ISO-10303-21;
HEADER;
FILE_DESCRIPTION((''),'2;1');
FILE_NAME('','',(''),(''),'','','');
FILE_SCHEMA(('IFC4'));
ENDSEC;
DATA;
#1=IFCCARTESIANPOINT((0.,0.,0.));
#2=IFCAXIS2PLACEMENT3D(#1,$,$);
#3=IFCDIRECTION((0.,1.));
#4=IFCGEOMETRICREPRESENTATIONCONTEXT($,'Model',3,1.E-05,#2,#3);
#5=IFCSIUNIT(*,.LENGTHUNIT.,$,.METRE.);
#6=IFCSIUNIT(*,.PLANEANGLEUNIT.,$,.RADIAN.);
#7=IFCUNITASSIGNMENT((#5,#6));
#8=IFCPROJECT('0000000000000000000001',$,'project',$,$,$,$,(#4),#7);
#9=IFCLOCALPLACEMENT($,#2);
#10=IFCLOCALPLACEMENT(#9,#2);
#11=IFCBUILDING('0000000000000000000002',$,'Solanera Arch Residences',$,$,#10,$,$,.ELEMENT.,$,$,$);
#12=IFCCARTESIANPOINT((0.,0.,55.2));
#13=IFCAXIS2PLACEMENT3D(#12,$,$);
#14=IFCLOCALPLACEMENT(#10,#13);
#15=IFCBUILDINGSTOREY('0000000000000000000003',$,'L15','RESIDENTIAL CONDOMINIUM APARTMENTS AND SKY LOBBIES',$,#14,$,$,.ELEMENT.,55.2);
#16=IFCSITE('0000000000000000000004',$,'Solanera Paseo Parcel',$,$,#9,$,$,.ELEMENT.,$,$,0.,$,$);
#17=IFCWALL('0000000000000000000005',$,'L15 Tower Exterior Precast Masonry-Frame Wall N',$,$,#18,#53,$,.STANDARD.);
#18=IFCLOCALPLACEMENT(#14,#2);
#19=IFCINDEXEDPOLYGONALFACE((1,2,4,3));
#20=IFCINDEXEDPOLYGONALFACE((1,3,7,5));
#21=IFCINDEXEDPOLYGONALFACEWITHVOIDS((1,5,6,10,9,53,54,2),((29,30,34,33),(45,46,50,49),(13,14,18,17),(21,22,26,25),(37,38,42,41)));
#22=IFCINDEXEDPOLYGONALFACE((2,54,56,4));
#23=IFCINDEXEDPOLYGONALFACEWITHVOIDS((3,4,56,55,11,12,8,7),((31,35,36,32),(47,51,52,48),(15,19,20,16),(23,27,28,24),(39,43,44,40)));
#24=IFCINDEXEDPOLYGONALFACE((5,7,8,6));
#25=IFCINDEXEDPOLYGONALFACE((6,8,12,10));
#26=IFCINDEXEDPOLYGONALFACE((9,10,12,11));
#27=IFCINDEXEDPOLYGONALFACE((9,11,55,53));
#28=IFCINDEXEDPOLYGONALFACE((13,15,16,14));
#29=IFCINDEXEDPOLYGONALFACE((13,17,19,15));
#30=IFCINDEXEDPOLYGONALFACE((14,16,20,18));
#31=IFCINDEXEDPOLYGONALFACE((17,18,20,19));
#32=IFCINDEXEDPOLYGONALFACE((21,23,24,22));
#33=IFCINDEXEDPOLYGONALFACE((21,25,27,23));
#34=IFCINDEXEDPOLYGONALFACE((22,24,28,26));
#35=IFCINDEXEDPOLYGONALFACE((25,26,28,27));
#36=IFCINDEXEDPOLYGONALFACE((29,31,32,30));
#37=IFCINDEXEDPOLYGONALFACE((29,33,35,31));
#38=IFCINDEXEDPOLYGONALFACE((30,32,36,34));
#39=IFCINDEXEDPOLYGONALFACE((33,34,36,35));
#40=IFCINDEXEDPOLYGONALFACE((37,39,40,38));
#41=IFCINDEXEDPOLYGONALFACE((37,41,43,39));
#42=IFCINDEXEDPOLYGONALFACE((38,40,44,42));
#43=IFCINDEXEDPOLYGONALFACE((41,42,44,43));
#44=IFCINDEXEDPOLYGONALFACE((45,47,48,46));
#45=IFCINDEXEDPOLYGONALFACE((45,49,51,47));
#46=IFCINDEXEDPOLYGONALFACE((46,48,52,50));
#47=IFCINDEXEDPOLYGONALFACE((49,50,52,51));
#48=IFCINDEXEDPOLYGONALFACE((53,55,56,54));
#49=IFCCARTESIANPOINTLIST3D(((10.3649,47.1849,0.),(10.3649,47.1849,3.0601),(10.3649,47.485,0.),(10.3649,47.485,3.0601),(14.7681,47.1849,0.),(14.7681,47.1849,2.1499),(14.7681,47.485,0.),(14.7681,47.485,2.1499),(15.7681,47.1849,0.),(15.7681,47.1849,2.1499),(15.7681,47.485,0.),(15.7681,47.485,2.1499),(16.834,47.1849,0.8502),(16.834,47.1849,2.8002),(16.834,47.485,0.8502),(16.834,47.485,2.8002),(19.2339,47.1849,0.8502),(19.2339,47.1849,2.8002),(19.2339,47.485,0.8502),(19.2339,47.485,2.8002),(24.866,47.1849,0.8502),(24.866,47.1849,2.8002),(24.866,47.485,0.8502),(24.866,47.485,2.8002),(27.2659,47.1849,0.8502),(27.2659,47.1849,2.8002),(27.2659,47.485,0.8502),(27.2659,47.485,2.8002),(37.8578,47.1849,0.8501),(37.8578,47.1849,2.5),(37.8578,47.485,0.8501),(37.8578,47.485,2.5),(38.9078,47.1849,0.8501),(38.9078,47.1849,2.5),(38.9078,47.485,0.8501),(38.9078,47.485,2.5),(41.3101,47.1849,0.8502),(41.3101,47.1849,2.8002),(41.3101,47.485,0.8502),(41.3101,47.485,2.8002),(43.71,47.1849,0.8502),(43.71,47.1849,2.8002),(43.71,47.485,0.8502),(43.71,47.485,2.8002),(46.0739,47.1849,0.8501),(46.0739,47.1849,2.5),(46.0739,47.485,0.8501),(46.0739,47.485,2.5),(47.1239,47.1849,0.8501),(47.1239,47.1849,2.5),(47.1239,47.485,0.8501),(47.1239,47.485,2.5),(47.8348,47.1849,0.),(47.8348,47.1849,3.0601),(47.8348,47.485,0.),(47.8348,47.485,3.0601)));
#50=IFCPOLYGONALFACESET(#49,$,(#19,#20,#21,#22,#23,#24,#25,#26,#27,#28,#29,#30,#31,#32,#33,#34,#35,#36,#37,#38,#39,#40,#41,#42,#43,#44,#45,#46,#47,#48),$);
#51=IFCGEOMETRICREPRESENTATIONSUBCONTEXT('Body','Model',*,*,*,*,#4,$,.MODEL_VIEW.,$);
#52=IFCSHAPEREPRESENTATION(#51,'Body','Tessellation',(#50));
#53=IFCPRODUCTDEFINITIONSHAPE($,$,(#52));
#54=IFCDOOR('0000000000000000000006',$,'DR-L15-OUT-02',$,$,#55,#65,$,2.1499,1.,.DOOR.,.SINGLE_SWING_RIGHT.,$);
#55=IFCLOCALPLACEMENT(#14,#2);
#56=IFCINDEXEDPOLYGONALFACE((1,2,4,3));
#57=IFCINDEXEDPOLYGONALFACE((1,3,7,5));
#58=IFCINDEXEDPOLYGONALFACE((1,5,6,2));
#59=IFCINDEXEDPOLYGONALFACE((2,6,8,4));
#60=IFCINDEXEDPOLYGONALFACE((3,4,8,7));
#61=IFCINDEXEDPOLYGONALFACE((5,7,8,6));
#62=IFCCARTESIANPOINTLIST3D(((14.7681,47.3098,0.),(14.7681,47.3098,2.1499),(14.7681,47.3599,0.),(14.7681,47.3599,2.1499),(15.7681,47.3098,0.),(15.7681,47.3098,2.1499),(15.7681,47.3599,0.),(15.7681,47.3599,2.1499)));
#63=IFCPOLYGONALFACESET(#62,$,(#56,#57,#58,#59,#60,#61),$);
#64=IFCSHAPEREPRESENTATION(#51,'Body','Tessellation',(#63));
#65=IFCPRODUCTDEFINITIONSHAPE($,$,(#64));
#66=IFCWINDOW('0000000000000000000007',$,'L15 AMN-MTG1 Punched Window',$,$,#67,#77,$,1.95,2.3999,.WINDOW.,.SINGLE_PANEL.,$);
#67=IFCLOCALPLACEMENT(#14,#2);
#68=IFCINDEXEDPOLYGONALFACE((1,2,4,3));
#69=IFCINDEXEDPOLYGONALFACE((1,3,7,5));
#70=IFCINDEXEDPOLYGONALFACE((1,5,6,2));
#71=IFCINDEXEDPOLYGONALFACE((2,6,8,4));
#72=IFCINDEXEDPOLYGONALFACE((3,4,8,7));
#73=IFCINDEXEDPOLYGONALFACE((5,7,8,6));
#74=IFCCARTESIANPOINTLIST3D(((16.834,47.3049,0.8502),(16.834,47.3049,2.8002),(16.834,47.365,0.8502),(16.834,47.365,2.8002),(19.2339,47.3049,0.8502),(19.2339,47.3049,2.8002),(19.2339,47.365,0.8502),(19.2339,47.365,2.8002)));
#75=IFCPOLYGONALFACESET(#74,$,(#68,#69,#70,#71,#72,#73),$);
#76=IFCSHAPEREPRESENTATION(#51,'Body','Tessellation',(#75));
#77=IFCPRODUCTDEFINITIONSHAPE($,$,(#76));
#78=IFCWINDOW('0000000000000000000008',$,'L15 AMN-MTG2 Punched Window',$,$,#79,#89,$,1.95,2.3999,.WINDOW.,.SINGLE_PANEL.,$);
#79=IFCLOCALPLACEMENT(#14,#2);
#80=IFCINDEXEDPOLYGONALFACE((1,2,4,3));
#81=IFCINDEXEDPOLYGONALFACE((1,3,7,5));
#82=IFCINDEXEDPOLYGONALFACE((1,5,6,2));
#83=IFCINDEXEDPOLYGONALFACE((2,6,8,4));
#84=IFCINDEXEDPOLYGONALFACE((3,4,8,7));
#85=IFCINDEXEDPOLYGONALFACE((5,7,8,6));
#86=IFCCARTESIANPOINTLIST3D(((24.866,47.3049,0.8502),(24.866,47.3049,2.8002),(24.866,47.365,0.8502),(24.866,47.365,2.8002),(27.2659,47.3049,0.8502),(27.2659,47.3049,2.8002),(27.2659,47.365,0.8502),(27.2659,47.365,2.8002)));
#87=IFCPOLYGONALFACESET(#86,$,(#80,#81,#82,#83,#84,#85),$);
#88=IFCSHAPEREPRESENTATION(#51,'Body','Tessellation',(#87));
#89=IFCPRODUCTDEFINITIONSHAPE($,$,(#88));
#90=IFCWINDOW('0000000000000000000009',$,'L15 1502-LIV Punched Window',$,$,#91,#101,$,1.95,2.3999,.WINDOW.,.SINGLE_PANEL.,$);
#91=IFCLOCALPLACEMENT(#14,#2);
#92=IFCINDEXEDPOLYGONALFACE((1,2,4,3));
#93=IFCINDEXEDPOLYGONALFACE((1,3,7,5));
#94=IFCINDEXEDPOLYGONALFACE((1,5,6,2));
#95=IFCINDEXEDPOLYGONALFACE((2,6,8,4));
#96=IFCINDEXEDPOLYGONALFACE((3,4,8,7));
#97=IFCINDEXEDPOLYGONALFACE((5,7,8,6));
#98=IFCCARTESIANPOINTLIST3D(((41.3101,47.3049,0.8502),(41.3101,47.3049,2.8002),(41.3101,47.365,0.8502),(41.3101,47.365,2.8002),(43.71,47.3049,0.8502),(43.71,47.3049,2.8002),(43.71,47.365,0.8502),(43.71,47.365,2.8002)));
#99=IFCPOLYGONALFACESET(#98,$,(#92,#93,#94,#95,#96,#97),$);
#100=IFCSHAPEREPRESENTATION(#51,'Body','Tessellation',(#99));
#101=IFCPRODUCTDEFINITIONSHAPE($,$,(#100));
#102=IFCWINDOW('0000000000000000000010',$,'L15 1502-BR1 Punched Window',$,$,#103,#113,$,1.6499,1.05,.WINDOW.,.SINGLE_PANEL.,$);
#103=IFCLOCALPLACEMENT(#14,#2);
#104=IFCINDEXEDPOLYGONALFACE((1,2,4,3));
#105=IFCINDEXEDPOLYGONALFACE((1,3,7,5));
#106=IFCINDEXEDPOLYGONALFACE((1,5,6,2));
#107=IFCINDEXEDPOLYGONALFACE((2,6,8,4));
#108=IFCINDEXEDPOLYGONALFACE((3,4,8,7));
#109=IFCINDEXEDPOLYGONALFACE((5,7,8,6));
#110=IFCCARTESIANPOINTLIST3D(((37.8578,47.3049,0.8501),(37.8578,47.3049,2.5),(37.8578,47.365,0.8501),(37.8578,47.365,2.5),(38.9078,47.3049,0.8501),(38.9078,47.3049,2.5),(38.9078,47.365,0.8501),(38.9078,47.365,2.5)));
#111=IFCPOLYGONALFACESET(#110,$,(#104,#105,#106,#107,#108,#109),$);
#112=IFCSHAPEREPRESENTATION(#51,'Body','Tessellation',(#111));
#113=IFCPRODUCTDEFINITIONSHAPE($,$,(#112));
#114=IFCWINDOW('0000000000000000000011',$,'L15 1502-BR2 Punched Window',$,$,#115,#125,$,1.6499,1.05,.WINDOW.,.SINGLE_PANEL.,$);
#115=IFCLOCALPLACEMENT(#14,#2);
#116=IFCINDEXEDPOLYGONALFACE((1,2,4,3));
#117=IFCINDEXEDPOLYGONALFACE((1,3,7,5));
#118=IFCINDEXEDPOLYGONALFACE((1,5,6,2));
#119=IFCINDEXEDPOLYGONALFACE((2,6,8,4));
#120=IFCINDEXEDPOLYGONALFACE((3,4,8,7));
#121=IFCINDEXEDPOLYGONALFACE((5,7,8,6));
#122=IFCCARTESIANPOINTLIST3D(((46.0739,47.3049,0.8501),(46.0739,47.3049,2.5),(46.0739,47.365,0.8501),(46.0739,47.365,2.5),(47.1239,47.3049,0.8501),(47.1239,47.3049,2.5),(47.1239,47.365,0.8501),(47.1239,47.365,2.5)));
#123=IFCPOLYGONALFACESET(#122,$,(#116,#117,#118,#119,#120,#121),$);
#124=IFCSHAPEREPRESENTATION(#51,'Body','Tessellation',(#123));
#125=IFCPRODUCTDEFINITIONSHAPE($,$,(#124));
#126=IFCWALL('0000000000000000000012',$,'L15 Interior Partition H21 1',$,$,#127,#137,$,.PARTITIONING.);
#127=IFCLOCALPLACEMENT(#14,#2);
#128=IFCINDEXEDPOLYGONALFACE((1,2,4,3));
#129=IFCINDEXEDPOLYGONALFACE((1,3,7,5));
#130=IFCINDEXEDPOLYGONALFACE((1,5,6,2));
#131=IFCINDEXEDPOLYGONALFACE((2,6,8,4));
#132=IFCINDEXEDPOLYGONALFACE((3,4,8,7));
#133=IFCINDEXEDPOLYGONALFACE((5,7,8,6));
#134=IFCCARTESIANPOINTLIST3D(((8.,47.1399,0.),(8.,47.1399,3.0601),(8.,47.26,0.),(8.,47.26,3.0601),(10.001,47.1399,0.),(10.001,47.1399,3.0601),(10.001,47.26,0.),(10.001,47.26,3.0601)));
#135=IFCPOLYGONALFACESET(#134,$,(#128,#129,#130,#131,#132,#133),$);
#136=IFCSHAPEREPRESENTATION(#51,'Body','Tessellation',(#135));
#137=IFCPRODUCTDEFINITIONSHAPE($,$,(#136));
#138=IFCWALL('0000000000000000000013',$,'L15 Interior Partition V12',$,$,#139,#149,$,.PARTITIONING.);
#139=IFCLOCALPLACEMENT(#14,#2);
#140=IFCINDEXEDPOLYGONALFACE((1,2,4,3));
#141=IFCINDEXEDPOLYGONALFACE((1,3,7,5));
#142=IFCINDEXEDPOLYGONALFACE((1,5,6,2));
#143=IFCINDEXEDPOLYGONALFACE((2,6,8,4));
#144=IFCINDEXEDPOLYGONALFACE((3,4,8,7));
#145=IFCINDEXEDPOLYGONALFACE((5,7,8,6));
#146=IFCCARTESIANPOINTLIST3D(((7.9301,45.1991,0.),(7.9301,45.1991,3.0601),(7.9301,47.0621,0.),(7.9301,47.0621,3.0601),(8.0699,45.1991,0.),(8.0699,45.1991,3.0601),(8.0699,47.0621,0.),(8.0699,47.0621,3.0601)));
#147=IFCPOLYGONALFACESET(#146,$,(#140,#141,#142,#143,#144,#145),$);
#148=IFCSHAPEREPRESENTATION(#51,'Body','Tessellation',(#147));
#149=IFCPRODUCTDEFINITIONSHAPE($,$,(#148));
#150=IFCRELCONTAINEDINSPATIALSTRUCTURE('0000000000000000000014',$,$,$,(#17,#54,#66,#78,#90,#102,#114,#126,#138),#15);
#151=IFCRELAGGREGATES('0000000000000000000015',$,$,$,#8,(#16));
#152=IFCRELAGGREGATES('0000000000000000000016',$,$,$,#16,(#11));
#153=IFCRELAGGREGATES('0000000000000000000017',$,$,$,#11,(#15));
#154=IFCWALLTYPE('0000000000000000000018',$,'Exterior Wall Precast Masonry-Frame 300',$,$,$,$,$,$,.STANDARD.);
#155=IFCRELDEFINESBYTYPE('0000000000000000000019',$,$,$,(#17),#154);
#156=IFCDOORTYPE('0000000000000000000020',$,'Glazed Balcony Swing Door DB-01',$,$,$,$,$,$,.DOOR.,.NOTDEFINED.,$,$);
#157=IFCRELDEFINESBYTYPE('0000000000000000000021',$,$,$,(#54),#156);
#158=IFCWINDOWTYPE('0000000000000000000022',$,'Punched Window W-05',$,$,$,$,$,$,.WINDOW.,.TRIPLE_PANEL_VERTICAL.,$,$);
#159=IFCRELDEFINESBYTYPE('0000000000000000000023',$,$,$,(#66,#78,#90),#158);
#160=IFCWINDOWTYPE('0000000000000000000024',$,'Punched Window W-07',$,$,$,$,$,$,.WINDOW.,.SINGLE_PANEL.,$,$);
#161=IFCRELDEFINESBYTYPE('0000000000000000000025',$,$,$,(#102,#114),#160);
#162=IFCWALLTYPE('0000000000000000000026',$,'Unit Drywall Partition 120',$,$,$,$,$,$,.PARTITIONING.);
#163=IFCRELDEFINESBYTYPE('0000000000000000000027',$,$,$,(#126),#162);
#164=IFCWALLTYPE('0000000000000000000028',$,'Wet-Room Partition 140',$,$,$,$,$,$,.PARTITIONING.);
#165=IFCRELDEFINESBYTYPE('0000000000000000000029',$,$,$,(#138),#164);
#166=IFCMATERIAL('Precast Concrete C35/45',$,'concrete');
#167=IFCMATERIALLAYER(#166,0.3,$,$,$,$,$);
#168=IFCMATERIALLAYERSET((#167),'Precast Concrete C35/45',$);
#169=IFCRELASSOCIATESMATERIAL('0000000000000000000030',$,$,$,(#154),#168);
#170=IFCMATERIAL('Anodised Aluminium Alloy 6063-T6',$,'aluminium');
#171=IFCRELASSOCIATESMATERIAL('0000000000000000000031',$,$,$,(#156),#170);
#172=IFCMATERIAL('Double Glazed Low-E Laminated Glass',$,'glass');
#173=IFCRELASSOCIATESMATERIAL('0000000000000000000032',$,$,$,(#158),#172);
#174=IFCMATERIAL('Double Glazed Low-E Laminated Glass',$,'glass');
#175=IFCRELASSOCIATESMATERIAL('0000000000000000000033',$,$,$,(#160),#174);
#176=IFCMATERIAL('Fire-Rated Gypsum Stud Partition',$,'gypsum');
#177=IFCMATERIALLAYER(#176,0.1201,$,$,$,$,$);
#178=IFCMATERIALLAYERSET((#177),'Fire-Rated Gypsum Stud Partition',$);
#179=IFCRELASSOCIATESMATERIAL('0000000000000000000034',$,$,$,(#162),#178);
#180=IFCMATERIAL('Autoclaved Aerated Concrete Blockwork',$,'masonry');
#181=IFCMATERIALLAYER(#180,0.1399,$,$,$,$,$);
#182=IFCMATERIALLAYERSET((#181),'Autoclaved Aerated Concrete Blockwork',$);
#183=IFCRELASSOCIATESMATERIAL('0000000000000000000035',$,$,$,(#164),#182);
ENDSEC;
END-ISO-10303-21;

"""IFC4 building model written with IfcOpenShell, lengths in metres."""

from ifc_helpers import new_model, si_unit, direction, frame, frame_2d, origin, place, context, subcontext, project, spatial, rectangle, extrude, material, layer, layer_set, type_object, element, fill, save


model = new_model("IFC4")

# Units and contexts
model_context = context("Model", 3, precision=1e-05, world=origin(), true_north=direction((0.0, 1.0)))
body_context = subcontext(model_context, "Body", "Model", "MODEL_VIEW")
ifc_project = project(units=[si_unit("LENGTHUNIT", "METRE"), si_unit("PLANEANGLEUNIT", "RADIAN")], contexts=[model_context])

# Site, building, storey
site_placement = place(None, origin())
site = spatial("IfcSite", under=ifc_project, at=site_placement, Name="Solanera Paseo Parcel", CompositionType="ELEMENT", RefElevation=0.0)
building_placement = place(site_placement, origin())
building = spatial("IfcBuilding", under=site, at=building_placement, Name="Solanera Arch Residences", CompositionType="ELEMENT")
storey_placement = place(building_placement, frame((0.0, 0.0, 55.2)))
storey = spatial("IfcBuildingStorey", under=building, at=storey_placement, Name="L15", Description="RESIDENTIAL CONDOMINIUM APARTMENTS AND SKY LOBBIES", CompositionType="ELEMENT", Elevation=55.2)

# Shared definitions
ifc_material_1 = material(Name="Precast Concrete C35/45", Category="concrete")
ifc_layer_1 = layer(ifc_material_1, 0.3)
ifc_layer_set_1 = layer_set([ifc_layer_1], Name="Precast Concrete C35/45")
wall_type_1 = type_object("IfcWallType", Name="Exterior Wall Precast Masonry-Frame 300", PredefinedType="STANDARD", material=ifc_layer_set_1)

# Wall, openings, door, windows
wall_1_placement = place(storey_placement, frame((10.365, 47.335, 0.0), z_axis=(0.0, 0.0, 1.0), x_axis=(1.0, 0.0, 0.0)))
wall_1 = element("IfcWall", 1, at=wall_1_placement, inside=storey, type_object=wall_type_1, Name="L15 Tower Exterior Precast Masonry-Frame Wall N", PredefinedType="STANDARD", context=body_context, shape_type="SweptSolid", body=[
    extrude(rectangle(XDim=37.47, YDim=0.3, at=frame_2d((18.7349, 0.0))), origin(), (0.0, 0.0, 1.0), 3.0601),
])
opening_1_placement = place(wall_1_placement, frame((4.4031, 0.0, 0.0)))
opening_1 = element("IfcOpeningElement", 2, at=opening_1_placement, cuts=wall_1, PredefinedType="OPENING", context=body_context, shape_type="SweptSolid", body=[
    extrude(rectangle(XDim=1.0, YDim=2.1499, at=frame_2d((0.5, 1.075))), frame((0.0, 0.1599, 0.0), z_axis=(0.0, -1.0, 0.0), x_axis=(1.0, 0.0, 0.0)), (0.0, 0.0, 1.0), 0.32),
])
opening_2_placement = place(wall_1_placement, frame((6.469, 0.0, 0.8501)))
opening_2 = element("IfcOpeningElement", 3, at=opening_2_placement, cuts=wall_1, PredefinedType="OPENING", context=body_context, shape_type="SweptSolid", body=[
    extrude(rectangle(XDim=2.3999, YDim=1.95, at=frame_2d((1.2, 0.9751))), frame((0.0, 0.1599, 0.0), z_axis=(0.0, -1.0, 0.0), x_axis=(1.0, 0.0, 0.0)), (0.0, 0.0, 1.0), 0.32),
])
opening_3_placement = place(wall_1_placement, frame((14.501, 0.0, 0.8501)))
opening_3 = element("IfcOpeningElement", 4, at=opening_3_placement, cuts=wall_1, PredefinedType="OPENING", context=body_context, shape_type="SweptSolid", body=[
    extrude(rectangle(XDim=2.3999, YDim=1.95, at=frame_2d((1.2, 0.9751))), frame((0.0, 0.1599, 0.0), z_axis=(0.0, -1.0, 0.0), x_axis=(1.0, 0.0, 0.0)), (0.0, 0.0, 1.0), 0.32),
])
opening_4_placement = place(wall_1_placement, frame((30.9451, 0.0, 0.8501)))
opening_4 = element("IfcOpeningElement", 5, at=opening_4_placement, cuts=wall_1, PredefinedType="OPENING", context=body_context, shape_type="SweptSolid", body=[
    extrude(rectangle(XDim=2.3999, YDim=1.95, at=frame_2d((1.2, 0.9751))), frame((0.0, 0.1599, 0.0), z_axis=(0.0, -1.0, 0.0), x_axis=(1.0, 0.0, 0.0)), (0.0, 0.0, 1.0), 0.32),
])
opening_5_placement = place(wall_1_placement, frame((27.4929, 0.0, 0.8501)))
opening_5 = element("IfcOpeningElement", 6, at=opening_5_placement, cuts=wall_1, PredefinedType="OPENING", context=body_context, shape_type="SweptSolid", body=[
    extrude(rectangle(XDim=1.05, YDim=1.6499, at=frame_2d((0.5249, 0.825))), frame((0.0, 0.1599, 0.0), z_axis=(0.0, -1.0, 0.0), x_axis=(1.0, 0.0, 0.0)), (0.0, 0.0, 1.0), 0.32),
])
opening_6_placement = place(wall_1_placement, frame((35.709, 0.0, 0.8501)))
opening_6 = element("IfcOpeningElement", 7, at=opening_6_placement, cuts=wall_1, PredefinedType="OPENING", context=body_context, shape_type="SweptSolid", body=[
    extrude(rectangle(XDim=1.05, YDim=1.6499, at=frame_2d((0.5249, 0.825))), frame((0.0, 0.1599, 0.0), z_axis=(0.0, -1.0, 0.0), x_axis=(1.0, 0.0, 0.0)), (0.0, 0.0, 1.0), 0.32),
])
ifc_material_2 = material(Name="Anodised Aluminium Alloy 6063-T6", Category="aluminium")
door_type_1 = type_object("IfcDoorType", Name="Glazed Balcony Swing Door DB-01", OperationType="NOTDEFINED", PredefinedType="DOOR", material=ifc_material_2)
door_1_placement = place(opening_1_placement, origin())
door_1 = element("IfcDoor", 8, at=door_1_placement, inside=storey, type_object=door_type_1, Name="DR-L15-OUT-02", OperationType="SINGLE_SWING_RIGHT", OverallHeight=2.1499, OverallWidth=1.0, PredefinedType="DOOR", context=body_context, shape_type="SweptSolid", body=[
    extrude(rectangle(XDim=1.0, YDim=2.1499, at=frame_2d((0.5, 1.075))), frame((0.0, 0.0249, 0.0), z_axis=(0.0, -1.0, 0.0), x_axis=(1.0, 0.0, 0.0)), (0.0, 0.0, 1.0), 0.05),
])
fill(opening_1, door_1)
ifc_material_3 = material(Name="Double Glazed Low-E Laminated Glass", Category="glass")
window_type_1 = type_object("IfcWindowType", Name="Punched Window W-05", PartitioningType="TRIPLE_PANEL_VERTICAL", PredefinedType="WINDOW", material=ifc_material_3)
window_1_placement = place(opening_2_placement, origin())
window_1 = element("IfcWindow", 9, at=window_1_placement, inside=storey, type_object=window_type_1, Name="L15 AMN-MTG1 Punched Window", OverallHeight=1.95, OverallWidth=2.3999, PartitioningType="SINGLE_PANEL", PredefinedType="WINDOW", context=body_context, shape_type="SweptSolid", body=[
    extrude(rectangle(XDim=2.3999, YDim=1.95, at=frame_2d((1.2, 0.9751))), frame((0.0, 0.03, 0.0), z_axis=(0.0, -1.0, 0.0), x_axis=(1.0, 0.0, 0.0)), (0.0, 0.0, 1.0), 0.0601),
])
fill(opening_2, window_1)
window_2_placement = place(opening_3_placement, origin())
window_2 = element("IfcWindow", 10, at=window_2_placement, inside=storey, type_object=window_type_1, Name="L15 AMN-MTG2 Punched Window", OverallHeight=1.95, OverallWidth=2.3999, PartitioningType="SINGLE_PANEL", PredefinedType="WINDOW", context=body_context, shape_type="SweptSolid", body=[
    extrude(rectangle(XDim=2.3999, YDim=1.95, at=frame_2d((1.2, 0.9751))), frame((0.0, 0.03, 0.0), z_axis=(0.0, -1.0, 0.0), x_axis=(1.0, 0.0, 0.0)), (0.0, 0.0, 1.0), 0.0601),
])
fill(opening_3, window_2)
window_3_placement = place(opening_4_placement, origin())
window_3 = element("IfcWindow", 11, at=window_3_placement, inside=storey, type_object=window_type_1, Name="L15 1502-LIV Punched Window", OverallHeight=1.95, OverallWidth=2.3999, PartitioningType="SINGLE_PANEL", PredefinedType="WINDOW", context=body_context, shape_type="SweptSolid", body=[
    extrude(rectangle(XDim=2.3999, YDim=1.95, at=frame_2d((1.2, 0.9751))), frame((0.0, 0.03, 0.0), z_axis=(0.0, -1.0, 0.0), x_axis=(1.0, 0.0, 0.0)), (0.0, 0.0, 1.0), 0.0601),
])
fill(opening_4, window_3)
ifc_material_4 = material(Name="Double Glazed Low-E Laminated Glass", Category="glass")
window_type_2 = type_object("IfcWindowType", Name="Punched Window W-07", PartitioningType="SINGLE_PANEL", PredefinedType="WINDOW", material=ifc_material_4)
window_4_placement = place(opening_5_placement, origin())
window_4 = element("IfcWindow", 12, at=window_4_placement, inside=storey, type_object=window_type_2, Name="L15 1502-BR1 Punched Window", OverallHeight=1.6499, OverallWidth=1.05, PartitioningType="SINGLE_PANEL", PredefinedType="WINDOW", context=body_context, shape_type="SweptSolid", body=[
    extrude(rectangle(XDim=1.05, YDim=1.6499, at=frame_2d((0.5249, 0.825))), frame((0.0, 0.03, 0.0), z_axis=(0.0, -1.0, 0.0), x_axis=(1.0, 0.0, 0.0)), (0.0, 0.0, 1.0), 0.0601),
])
fill(opening_5, window_4)
window_5_placement = place(opening_6_placement, origin())
window_5 = element("IfcWindow", 13, at=window_5_placement, inside=storey, type_object=window_type_2, Name="L15 1502-BR2 Punched Window", OverallHeight=1.6499, OverallWidth=1.05, PartitioningType="SINGLE_PANEL", PredefinedType="WINDOW", context=body_context, shape_type="SweptSolid", body=[
    extrude(rectangle(XDim=1.05, YDim=1.6499, at=frame_2d((0.5249, 0.825))), frame((0.0, 0.03, 0.0), z_axis=(0.0, -1.0, 0.0), x_axis=(1.0, 0.0, 0.0)), (0.0, 0.0, 1.0), 0.0601),
])
fill(opening_6, window_5)

# Walls
ifc_material_5 = material(Name="Fire-Rated Gypsum Stud Partition", Category="gypsum")
ifc_layer_2 = layer(ifc_material_5, 0.1201)
ifc_layer_set_2 = layer_set([ifc_layer_2], Name="Fire-Rated Gypsum Stud Partition")
wall_type_2 = type_object("IfcWallType", Name="Unit Drywall Partition 120", PredefinedType="PARTITIONING", material=ifc_layer_set_2)
wall_2_placement = place(storey_placement, frame((8.0, 47.2, 0.0), z_axis=(0.0, 0.0, 1.0), x_axis=(1.0, 0.0, 0.0)))
element("IfcWall", 14, at=wall_2_placement, inside=storey, type_object=wall_type_2, Name="L15 Interior Partition H21 1", PredefinedType="PARTITIONING", context=body_context, shape_type="SweptSolid", body=[
    extrude(rectangle(XDim=2.001, YDim=0.1201, at=frame_2d((1.0005, 0.0))), origin(), (0.0, 0.0, 1.0), 3.0601),
])
ifc_material_6 = material(Name="Autoclaved Aerated Concrete Blockwork", Category="masonry")
ifc_layer_3 = layer(ifc_material_6, 0.1399)
ifc_layer_set_3 = layer_set([ifc_layer_3], Name="Autoclaved Aerated Concrete Blockwork")
wall_type_3 = type_object("IfcWallType", Name="Wet-Room Partition 140", PredefinedType="PARTITIONING", material=ifc_layer_set_3)
wall_3_placement = place(storey_placement, frame((8.0, 45.199, 0.0), z_axis=(0.0, 0.0, 1.0), x_axis=(0.0, 1.0, 0.0)))
element("IfcWall", 15, at=wall_3_placement, inside=storey, type_object=wall_type_3, Name="L15 Interior Partition V12", PredefinedType="PARTITIONING", context=body_context, shape_type="SweptSolid", body=[
    extrude(rectangle(XDim=1.863, YDim=0.1399, at=frame_2d((0.9316, 0.0))), origin(), (0.0, 0.0, 1.0), 3.0601),
])

save(model, "model.ifc")
